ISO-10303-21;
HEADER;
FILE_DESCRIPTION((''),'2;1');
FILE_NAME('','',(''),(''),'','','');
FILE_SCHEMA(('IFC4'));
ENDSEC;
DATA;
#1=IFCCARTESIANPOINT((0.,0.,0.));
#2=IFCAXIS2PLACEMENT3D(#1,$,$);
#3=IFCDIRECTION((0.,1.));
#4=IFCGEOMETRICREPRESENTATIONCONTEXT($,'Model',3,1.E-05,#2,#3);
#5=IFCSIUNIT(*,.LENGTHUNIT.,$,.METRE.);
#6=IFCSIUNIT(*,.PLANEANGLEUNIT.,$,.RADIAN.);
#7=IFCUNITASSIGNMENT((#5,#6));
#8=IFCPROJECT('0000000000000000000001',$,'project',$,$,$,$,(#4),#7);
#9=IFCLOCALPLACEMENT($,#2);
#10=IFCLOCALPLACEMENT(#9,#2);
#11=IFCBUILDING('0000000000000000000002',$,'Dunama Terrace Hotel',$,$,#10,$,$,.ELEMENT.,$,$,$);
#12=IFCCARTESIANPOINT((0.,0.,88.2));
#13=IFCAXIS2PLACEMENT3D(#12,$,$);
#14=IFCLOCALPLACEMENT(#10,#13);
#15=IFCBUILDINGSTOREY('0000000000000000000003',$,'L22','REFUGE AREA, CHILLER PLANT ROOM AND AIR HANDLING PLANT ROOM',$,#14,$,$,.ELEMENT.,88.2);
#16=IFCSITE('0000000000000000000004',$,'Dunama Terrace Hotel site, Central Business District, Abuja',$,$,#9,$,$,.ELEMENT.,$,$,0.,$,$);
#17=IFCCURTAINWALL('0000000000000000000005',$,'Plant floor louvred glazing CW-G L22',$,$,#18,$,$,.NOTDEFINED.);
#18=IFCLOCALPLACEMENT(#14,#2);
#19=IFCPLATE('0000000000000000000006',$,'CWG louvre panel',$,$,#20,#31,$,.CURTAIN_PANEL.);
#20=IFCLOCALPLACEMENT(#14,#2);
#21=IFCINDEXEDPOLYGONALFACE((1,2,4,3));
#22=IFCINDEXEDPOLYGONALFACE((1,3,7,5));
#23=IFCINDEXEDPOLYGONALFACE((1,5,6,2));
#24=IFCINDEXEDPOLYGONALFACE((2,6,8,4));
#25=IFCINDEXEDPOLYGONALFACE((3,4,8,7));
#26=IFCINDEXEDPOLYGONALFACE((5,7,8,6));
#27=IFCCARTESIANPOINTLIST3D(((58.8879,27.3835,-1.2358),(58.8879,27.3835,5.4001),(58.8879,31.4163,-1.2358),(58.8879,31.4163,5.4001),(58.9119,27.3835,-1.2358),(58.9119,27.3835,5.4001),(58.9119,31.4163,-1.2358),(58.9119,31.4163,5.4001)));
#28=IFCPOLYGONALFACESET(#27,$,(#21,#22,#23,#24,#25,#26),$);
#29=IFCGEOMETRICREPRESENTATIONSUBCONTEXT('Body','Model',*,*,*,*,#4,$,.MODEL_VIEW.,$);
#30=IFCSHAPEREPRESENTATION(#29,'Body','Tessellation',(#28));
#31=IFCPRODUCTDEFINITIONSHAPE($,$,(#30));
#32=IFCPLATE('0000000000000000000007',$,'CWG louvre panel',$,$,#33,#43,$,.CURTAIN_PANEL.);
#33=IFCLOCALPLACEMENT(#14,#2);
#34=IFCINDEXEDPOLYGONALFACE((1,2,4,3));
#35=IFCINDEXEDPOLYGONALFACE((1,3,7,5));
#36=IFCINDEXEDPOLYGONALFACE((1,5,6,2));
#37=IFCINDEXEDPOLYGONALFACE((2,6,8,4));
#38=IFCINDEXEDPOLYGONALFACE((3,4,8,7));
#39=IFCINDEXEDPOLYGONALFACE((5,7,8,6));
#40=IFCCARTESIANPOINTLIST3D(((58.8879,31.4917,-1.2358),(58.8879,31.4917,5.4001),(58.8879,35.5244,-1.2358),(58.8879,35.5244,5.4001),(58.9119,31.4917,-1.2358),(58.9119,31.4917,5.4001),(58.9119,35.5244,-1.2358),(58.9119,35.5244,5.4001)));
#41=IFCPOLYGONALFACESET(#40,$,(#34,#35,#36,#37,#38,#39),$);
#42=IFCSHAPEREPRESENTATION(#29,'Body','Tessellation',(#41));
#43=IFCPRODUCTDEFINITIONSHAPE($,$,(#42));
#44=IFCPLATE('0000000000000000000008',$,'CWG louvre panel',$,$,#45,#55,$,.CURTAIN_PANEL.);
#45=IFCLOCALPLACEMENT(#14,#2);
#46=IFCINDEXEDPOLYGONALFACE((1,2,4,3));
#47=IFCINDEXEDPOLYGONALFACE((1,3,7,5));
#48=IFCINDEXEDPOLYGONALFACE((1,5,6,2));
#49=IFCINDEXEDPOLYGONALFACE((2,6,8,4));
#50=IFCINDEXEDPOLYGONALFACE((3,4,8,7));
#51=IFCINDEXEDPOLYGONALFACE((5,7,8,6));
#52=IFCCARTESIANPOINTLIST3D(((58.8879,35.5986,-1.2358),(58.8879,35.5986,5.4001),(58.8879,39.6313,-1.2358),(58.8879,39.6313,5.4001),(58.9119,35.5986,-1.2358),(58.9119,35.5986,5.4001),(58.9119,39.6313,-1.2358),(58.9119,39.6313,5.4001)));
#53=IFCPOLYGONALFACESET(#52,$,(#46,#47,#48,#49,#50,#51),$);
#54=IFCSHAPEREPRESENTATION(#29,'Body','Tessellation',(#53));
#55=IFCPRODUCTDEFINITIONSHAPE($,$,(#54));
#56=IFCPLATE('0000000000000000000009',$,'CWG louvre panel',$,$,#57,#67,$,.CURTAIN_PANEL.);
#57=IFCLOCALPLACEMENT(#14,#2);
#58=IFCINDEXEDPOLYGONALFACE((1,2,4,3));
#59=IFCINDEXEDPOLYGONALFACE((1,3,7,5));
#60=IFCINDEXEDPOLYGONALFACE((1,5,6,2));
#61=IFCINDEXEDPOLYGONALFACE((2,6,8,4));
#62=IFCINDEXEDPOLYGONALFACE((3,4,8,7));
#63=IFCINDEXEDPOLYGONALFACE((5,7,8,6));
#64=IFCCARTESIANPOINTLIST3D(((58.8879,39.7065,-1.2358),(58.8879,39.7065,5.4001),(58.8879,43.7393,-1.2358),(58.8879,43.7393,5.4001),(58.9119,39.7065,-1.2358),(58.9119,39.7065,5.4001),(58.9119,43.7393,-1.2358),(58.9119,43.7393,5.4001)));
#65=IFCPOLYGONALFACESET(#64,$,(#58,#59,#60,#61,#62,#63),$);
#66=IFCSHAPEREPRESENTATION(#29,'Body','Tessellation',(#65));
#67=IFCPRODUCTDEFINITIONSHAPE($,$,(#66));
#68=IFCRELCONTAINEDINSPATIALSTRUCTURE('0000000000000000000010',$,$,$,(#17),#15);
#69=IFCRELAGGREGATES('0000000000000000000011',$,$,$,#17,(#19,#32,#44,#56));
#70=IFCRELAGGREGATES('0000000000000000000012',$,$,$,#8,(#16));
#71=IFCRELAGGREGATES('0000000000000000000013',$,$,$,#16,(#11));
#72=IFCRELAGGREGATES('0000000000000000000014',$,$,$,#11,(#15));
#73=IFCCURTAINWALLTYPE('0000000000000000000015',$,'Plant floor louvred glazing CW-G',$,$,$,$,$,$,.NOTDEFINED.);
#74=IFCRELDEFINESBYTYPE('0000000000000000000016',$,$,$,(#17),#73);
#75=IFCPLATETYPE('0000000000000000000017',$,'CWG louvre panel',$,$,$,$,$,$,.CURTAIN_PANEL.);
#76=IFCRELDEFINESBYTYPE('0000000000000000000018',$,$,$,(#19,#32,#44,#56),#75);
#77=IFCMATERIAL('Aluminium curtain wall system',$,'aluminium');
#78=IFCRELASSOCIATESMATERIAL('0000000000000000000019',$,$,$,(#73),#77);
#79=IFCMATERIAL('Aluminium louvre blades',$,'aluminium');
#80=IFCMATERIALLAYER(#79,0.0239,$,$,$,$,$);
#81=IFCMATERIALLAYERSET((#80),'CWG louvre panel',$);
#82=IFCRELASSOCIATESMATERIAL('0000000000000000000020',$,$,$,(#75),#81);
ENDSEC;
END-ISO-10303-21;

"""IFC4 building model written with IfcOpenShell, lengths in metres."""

from ifc_helpers import new_model, si_unit, direction, frame, origin, origin_2d, place, context, subcontext, project, spatial, rectangle, extrude, material, layer, layer_set, type_object, element, aggregate, save


model = new_model("IFC4")

# Units and contexts
model_context = context("Model", 3, precision=1e-05, world=origin(), true_north=direction((0.0, 1.0)))
body_context = subcontext(model_context, "Body", "Model", "MODEL_VIEW")
ifc_project = project(units=[si_unit("LENGTHUNIT", "METRE"), si_unit("PLANEANGLEUNIT", "RADIAN")], contexts=[model_context])

# Site, building, storey
site_placement = place(None, origin())
site = spatial("IfcSite", under=ifc_project, at=site_placement, Name="Dunama Terrace Hotel site, Central Business District, Abuja", CompositionType="ELEMENT", RefElevation=0.0)
building_placement = place(site_placement, origin())
building = spatial("IfcBuilding", under=site, at=building_placement, Name="Dunama Terrace Hotel", CompositionType="ELEMENT")
storey_placement = place(building_placement, frame((0.0, 0.0, 88.2)))
storey = spatial("IfcBuildingStorey", under=building, at=storey_placement, Name="L22", Description="REFUGE AREA, CHILLER PLANT ROOM AND AIR HANDLING PLANT ROOM", CompositionType="ELEMENT", Elevation=88.2)

# Curtain wall
ifc_material_1 = material(Name="Aluminium curtain wall system", Category="aluminium")
curtain_wall_type = type_object("IfcCurtainWallType", Name="Plant floor louvred glazing CW-G", PredefinedType="NOTDEFINED", material=ifc_material_1)
curtain_wall_placement = place(storey_placement, origin())
curtain_wall = element("IfcCurtainWall", 1, at=curtain_wall_placement, inside=storey, type_object=curtain_wall_type, Name="Plant floor louvred glazing CW-G L22", PredefinedType="NOTDEFINED")

# Plates
ifc_material_2 = material(Name="Aluminium louvre blades", Category="aluminium")
ifc_layer = layer(ifc_material_2, 0.0239)
ifc_layer_set = layer_set([ifc_layer], Name="CWG louvre panel")
plate_type = type_object("IfcPlateType", Name="CWG louvre panel", PredefinedType="CURTAIN_PANEL", material=ifc_layer_set)
plate_1_placement = place(storey_placement, frame((58.8999, 29.3999, -1.2358), z_axis=(0.0, 0.0, 1.0), x_axis=(0.0, 1.0, 0.0)))
plate_1 = element("IfcPlate", 2, at=plate_1_placement, type_object=plate_type, Name="CWG louvre panel", PredefinedType="CURTAIN_PANEL", context=body_context, shape_type="SweptSolid", body=[
    extrude(rectangle(XDim=4.0327, YDim=0.0239, at=origin_2d()), origin(), (0.0, 0.0, 1.0), 6.636),
])
plate_2_placement = place(storey_placement, frame((58.8999, 33.5081, -1.2358), z_axis=(0.0, 0.0, 1.0), x_axis=(0.0, 1.0, 0.0)))
plate_2 = element("IfcPlate", 3, at=plate_2_placement, type_object=plate_type, Name="CWG louvre panel", PredefinedType="CURTAIN_PANEL", context=body_context, shape_type="SweptSolid", body=[
    extrude(rectangle(XDim=4.0327, YDim=0.0239, at=origin_2d()), origin(), (0.0, 0.0, 1.0), 6.636),
])
plate_3_placement = place(storey_placement, frame((58.8999, 37.615, -1.2358), z_axis=(0.0, 0.0, 1.0), x_axis=(0.0, 1.0, 0.0)))
plate_3 = element("IfcPlate", 4, at=plate_3_placement, type_object=plate_type, Name="CWG louvre panel", PredefinedType="CURTAIN_PANEL", context=body_context, shape_type="SweptSolid", body=[
    extrude(rectangle(XDim=4.0327, YDim=0.0239, at=origin_2d()), origin(), (0.0, 0.0, 1.0), 6.636),
])
plate_4_placement = place(storey_placement, frame((58.8999, 41.7229, -1.2358), z_axis=(0.0, 0.0, 1.0), x_axis=(0.0, 1.0, 0.0)))
plate_4 = element("IfcPlate", 5, at=plate_4_placement, type_object=plate_type, Name="CWG louvre panel", PredefinedType="CURTAIN_PANEL", context=body_context, shape_type="SweptSolid", body=[
    extrude(rectangle(XDim=4.0327, YDim=0.0239, at=origin_2d()), origin(), (0.0, 0.0, 1.0), 6.636),
])
aggregate(curtain_wall, [plate_1, plate_2, plate_3, plate_4])

save(model, "model.ifc")
